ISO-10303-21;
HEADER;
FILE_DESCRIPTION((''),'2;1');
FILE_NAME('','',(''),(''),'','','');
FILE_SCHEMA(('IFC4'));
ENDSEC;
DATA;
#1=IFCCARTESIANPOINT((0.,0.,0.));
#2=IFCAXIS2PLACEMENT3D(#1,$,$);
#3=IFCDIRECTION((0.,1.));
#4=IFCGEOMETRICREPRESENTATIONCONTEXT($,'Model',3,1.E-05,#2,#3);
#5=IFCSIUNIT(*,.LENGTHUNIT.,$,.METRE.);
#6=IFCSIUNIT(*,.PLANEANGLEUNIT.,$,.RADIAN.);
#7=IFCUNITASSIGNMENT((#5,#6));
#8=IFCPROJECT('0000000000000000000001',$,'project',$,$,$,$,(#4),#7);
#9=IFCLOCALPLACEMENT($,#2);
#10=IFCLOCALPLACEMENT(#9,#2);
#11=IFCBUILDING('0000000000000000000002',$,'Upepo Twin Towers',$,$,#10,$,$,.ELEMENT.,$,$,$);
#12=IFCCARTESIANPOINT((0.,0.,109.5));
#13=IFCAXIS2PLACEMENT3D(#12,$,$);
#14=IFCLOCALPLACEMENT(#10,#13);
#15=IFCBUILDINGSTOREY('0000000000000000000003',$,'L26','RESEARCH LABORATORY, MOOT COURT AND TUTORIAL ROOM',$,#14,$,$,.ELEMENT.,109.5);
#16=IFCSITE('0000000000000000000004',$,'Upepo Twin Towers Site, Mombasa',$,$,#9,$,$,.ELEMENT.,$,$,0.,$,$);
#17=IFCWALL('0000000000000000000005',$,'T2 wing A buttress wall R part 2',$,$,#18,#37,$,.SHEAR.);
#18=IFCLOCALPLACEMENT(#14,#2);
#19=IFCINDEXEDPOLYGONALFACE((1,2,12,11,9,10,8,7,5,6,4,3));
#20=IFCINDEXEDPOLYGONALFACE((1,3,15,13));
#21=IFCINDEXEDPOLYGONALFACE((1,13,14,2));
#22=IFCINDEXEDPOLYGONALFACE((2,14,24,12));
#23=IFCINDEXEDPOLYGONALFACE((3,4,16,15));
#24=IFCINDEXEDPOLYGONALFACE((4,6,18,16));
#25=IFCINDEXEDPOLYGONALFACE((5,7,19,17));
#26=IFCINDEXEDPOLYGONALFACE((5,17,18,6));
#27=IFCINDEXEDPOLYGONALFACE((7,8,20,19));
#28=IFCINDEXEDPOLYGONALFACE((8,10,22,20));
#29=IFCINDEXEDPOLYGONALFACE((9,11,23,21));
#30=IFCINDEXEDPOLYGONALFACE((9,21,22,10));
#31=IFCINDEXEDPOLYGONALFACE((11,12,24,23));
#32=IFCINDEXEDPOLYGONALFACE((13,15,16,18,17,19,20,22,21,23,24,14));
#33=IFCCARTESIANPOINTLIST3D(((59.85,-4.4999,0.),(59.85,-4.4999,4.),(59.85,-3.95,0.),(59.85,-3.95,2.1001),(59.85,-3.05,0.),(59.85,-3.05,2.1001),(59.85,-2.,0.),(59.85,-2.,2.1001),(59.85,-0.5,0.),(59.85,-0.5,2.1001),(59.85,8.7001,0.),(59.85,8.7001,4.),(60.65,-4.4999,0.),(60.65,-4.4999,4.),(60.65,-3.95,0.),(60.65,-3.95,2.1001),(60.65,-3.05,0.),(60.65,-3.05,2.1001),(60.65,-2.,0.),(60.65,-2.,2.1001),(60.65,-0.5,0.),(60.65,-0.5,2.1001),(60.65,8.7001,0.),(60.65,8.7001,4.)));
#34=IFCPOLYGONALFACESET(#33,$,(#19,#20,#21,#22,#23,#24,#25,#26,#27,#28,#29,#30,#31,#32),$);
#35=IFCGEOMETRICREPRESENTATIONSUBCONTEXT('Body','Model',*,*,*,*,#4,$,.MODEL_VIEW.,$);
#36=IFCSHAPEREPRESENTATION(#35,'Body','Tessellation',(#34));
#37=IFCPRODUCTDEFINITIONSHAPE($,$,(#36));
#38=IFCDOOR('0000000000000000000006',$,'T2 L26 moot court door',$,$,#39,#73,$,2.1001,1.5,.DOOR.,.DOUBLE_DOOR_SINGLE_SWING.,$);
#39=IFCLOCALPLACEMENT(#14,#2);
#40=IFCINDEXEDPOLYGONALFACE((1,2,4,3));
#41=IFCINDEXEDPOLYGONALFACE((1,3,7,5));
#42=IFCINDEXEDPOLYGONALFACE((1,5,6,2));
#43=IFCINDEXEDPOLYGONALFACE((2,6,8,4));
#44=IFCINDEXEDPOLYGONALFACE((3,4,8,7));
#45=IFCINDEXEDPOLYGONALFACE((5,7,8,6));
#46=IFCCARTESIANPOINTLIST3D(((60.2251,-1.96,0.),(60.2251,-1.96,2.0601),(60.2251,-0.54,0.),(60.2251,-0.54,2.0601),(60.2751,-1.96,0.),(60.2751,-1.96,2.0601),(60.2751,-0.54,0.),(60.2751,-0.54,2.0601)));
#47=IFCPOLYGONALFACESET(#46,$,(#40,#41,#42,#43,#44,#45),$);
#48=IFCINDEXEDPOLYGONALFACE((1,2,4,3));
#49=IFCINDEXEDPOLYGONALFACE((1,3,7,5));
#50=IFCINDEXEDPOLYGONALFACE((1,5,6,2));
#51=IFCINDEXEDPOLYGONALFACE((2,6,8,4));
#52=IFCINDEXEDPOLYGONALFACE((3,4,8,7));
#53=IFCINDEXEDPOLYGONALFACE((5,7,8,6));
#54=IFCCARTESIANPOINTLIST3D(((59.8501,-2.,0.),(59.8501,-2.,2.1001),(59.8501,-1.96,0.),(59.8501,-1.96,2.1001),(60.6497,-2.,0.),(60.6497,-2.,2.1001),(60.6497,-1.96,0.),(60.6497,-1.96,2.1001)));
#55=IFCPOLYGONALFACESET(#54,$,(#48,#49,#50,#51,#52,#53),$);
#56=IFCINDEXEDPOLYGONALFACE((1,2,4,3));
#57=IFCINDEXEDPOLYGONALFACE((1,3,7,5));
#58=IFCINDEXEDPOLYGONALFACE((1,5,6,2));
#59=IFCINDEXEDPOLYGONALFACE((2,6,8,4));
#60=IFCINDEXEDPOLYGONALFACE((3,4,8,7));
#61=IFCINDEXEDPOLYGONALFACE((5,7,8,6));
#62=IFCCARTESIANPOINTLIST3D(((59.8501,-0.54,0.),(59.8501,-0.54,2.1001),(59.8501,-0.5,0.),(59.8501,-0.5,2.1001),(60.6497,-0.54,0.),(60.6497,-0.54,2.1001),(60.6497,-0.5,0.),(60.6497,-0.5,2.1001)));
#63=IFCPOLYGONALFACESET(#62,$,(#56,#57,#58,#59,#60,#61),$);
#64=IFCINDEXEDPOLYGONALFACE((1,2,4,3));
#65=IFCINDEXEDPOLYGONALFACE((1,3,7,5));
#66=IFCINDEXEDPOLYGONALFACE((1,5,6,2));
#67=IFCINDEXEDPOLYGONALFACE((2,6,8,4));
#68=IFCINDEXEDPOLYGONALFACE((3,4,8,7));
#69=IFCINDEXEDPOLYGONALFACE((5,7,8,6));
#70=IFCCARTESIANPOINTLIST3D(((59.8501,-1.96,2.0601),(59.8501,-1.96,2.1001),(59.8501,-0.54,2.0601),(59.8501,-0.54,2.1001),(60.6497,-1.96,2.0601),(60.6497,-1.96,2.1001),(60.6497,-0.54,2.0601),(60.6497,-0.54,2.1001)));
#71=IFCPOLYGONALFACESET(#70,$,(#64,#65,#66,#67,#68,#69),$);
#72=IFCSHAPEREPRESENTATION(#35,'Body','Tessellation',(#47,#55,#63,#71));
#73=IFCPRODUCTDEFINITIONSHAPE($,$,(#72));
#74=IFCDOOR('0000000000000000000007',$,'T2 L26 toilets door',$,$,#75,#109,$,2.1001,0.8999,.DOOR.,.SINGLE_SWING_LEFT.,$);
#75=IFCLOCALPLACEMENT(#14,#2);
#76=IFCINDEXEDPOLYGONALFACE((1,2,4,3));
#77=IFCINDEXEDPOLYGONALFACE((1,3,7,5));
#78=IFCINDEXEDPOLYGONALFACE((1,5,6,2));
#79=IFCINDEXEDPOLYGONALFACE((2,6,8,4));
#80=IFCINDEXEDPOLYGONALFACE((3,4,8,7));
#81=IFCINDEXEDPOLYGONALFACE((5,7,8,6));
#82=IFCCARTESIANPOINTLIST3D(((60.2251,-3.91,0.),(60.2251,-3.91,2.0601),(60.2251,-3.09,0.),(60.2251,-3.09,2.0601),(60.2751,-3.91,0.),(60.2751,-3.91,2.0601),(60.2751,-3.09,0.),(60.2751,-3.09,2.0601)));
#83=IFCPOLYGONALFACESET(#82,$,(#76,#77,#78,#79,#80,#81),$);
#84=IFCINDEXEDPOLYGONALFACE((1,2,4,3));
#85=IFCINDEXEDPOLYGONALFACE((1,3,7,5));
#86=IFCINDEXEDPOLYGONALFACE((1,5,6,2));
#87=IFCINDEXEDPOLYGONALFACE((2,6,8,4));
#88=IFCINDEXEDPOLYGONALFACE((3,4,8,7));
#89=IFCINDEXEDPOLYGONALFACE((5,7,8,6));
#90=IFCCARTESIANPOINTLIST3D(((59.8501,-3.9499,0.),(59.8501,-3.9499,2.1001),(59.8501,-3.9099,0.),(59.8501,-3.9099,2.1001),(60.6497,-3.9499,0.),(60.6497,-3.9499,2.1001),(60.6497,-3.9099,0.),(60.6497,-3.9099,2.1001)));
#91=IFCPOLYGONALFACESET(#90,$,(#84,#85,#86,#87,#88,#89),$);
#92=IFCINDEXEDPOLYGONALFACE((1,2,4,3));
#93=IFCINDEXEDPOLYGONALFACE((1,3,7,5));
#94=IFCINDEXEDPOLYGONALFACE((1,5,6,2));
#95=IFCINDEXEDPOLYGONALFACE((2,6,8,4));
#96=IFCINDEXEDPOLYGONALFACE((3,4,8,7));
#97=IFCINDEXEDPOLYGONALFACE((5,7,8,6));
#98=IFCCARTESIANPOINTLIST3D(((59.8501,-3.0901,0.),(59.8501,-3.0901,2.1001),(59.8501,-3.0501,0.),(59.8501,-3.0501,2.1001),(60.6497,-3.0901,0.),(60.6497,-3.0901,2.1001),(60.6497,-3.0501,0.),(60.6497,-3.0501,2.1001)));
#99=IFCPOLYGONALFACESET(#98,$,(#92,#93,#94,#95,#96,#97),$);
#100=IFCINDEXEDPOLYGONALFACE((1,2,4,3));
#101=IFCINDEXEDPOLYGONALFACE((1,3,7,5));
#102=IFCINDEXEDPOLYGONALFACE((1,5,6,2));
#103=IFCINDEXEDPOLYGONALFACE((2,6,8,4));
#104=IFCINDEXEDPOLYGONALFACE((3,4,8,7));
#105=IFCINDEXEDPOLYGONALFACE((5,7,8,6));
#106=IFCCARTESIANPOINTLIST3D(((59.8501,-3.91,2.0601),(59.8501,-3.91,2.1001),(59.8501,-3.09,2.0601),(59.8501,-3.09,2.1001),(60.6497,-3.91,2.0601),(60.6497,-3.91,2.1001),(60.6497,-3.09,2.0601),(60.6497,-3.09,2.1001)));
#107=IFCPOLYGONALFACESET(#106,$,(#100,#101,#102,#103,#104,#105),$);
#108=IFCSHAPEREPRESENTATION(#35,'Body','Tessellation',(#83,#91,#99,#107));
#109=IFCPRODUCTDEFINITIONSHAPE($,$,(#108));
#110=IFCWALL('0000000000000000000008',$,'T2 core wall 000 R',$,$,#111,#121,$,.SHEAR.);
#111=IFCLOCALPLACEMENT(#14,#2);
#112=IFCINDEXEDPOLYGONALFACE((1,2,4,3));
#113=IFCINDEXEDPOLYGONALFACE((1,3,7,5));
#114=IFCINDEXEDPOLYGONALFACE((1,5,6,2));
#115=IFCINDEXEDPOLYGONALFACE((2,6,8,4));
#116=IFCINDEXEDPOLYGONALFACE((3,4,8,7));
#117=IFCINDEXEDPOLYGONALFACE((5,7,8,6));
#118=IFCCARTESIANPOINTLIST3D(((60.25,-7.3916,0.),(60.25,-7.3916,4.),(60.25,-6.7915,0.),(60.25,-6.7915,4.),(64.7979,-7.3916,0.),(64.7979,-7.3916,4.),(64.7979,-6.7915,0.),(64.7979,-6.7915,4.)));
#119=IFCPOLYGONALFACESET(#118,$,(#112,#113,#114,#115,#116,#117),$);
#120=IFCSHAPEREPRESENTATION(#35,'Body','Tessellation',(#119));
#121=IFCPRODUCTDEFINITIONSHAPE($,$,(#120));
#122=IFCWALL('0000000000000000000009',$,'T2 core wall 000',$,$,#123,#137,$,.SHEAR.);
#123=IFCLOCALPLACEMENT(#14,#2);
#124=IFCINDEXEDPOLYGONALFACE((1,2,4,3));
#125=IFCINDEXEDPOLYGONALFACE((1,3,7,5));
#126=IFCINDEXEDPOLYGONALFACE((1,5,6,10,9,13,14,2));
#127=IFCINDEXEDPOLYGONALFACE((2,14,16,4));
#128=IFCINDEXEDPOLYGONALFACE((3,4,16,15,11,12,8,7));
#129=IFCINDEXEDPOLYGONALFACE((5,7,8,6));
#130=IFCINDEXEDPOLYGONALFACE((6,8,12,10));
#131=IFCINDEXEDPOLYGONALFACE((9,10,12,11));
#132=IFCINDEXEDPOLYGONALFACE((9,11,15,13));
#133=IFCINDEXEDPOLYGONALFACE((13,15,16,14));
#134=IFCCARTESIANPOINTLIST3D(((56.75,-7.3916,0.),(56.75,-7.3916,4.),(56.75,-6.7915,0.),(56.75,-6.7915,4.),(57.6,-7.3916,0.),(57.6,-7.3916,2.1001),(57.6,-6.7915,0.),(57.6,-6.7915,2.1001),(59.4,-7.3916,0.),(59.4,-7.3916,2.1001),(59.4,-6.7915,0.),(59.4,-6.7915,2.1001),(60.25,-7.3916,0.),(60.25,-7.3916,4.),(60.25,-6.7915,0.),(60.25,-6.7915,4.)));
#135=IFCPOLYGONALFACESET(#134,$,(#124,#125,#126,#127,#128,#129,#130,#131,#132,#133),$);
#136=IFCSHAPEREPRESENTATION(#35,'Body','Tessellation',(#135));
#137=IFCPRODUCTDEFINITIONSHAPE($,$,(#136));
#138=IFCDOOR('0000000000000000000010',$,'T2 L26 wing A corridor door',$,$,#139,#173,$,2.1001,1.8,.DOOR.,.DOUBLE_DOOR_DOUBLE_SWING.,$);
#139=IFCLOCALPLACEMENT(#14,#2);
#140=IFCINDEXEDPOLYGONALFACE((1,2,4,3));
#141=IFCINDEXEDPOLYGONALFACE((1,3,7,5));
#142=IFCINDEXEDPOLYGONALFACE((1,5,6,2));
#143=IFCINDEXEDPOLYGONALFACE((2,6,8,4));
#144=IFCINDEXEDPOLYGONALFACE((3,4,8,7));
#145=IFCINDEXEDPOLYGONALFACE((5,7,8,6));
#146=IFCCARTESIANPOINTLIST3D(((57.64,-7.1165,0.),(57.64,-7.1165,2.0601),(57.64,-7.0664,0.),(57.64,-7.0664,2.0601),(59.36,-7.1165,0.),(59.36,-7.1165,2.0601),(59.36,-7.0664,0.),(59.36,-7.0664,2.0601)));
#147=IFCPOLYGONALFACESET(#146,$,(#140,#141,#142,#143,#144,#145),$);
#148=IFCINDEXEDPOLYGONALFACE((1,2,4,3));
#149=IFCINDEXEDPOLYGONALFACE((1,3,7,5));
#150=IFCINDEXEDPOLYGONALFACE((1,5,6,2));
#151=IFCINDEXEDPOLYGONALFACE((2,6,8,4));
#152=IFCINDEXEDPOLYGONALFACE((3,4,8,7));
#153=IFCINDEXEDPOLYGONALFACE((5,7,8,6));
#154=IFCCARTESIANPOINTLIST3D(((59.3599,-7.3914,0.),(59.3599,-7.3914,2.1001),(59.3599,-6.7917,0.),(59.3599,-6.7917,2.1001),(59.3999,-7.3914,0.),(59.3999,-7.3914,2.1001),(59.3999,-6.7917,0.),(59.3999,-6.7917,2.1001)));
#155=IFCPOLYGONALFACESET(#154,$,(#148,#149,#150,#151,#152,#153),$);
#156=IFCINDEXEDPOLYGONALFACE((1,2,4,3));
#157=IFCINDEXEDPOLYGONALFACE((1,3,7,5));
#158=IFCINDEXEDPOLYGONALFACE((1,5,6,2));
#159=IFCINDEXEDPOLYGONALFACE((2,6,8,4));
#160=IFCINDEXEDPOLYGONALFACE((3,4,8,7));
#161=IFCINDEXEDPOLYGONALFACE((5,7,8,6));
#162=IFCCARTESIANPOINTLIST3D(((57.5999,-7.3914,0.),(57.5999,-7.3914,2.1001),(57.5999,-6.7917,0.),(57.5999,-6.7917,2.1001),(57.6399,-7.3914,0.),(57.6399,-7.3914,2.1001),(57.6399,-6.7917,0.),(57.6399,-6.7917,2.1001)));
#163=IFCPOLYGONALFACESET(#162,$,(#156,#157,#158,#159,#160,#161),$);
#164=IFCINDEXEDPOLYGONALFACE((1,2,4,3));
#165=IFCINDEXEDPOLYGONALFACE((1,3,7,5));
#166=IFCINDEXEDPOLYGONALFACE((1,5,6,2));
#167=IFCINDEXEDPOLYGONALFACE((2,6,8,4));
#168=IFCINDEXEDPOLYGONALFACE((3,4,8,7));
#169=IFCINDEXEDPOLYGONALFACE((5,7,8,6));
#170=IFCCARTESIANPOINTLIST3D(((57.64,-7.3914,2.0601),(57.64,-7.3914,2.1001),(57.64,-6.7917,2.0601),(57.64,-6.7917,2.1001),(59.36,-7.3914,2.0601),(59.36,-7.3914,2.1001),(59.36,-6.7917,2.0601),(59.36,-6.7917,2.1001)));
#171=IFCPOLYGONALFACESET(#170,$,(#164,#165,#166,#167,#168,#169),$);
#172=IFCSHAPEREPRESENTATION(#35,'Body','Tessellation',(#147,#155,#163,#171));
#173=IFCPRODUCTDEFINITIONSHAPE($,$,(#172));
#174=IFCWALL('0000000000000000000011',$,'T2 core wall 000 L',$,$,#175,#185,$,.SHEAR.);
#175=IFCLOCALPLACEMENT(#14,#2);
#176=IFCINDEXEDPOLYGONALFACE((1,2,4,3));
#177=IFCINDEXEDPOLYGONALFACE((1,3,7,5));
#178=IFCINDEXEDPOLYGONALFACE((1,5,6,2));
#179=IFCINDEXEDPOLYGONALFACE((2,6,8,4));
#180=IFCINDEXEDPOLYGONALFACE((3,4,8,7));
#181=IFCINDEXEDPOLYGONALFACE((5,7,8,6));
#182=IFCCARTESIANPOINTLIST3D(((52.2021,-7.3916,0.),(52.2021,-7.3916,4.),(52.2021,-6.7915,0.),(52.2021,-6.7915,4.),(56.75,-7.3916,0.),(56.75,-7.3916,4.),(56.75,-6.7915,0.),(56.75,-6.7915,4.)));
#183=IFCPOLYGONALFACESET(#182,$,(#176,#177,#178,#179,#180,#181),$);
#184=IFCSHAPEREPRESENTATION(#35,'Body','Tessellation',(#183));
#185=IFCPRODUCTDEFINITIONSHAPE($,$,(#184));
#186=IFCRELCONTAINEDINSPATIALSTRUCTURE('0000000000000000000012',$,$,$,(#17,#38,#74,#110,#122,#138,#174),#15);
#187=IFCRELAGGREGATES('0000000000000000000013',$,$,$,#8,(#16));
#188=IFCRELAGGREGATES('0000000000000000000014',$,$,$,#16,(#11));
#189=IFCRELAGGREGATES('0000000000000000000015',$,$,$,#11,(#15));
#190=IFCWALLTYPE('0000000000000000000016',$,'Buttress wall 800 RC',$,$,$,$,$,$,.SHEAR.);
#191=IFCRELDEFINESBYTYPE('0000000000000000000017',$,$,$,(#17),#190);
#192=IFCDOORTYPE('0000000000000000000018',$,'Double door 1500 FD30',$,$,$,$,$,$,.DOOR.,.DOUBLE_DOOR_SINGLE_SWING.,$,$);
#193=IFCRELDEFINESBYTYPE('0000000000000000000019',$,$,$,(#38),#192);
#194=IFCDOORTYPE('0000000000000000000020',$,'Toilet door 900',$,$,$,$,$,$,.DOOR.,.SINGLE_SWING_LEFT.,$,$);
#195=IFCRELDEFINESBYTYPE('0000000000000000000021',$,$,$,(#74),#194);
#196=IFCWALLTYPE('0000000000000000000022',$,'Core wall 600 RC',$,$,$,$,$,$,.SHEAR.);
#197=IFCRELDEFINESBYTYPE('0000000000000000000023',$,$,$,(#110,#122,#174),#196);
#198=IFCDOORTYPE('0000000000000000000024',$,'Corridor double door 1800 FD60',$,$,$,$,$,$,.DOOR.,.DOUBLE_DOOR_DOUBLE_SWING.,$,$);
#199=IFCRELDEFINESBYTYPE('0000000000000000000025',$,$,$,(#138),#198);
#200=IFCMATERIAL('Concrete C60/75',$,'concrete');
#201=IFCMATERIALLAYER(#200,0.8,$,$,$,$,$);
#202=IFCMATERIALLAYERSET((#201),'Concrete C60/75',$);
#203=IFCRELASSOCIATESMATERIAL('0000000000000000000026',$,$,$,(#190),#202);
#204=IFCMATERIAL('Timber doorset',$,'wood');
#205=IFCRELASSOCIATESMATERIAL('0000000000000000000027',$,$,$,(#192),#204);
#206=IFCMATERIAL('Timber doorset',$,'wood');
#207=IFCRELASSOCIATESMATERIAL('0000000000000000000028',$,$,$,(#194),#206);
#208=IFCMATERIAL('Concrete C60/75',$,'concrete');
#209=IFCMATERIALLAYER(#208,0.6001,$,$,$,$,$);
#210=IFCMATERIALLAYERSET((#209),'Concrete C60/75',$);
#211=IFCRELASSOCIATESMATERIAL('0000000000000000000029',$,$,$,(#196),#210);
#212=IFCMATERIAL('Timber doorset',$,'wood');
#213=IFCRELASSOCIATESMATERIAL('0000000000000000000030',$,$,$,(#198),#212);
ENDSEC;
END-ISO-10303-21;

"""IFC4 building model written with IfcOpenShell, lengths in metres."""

from ifc_helpers import new_model, si_unit, direction, frame, frame_2d, origin, place, context, subcontext, project, spatial, rectangle, extrude, material, layer, layer_set, type_object, element, fill, save


model = new_model("IFC4")

# Units and contexts
model_context = context("Model", 3, precision=1e-05, world=origin(), true_north=direction((0.0, 1.0)))
body_context = subcontext(model_context, "Body", "Model", "MODEL_VIEW")
ifc_project = project(units=[si_unit("LENGTHUNIT", "METRE"), si_unit("PLANEANGLEUNIT", "RADIAN")], contexts=[model_context])

# Site, building, storey
site_placement = place(None, origin())
site = spatial("IfcSite", under=ifc_project, at=site_placement, Name="Upepo Twin Towers Site, Mombasa", CompositionType="ELEMENT", RefElevation=0.0)
building_placement = place(site_placement, origin())
building = spatial("IfcBuilding", under=site, at=building_placement, Name="Upepo Twin Towers", CompositionType="ELEMENT")
storey_placement = place(building_placement, frame((0.0, 0.0, 109.5)))
storey = spatial("IfcBuildingStorey", under=building, at=storey_placement, Name="L26", Description="RESEARCH LABORATORY, MOOT COURT AND TUTORIAL ROOM", CompositionType="ELEMENT", Elevation=109.5)

# Wall, openings, doors
ifc_material_1 = material(Name="Concrete C60/75", Category="concrete")
ifc_layer_1 = layer(ifc_material_1, 0.8)
ifc_layer_set_1 = layer_set([ifc_layer_1], Name="Concrete C60/75")
wall_type_1 = type_object("IfcWallType", Name="Buttress wall 800 RC", PredefinedType="SHEAR", material=ifc_layer_set_1)
ifc_material_2 = material(Name="Timber doorset", Category="wood")
door_type_1 = type_object("IfcDoorType", Name="Double door 1500 FD30", OperationType="DOUBLE_DOOR_SINGLE_SWING", PredefinedType="DOOR", material=ifc_material_2)
ifc_material_3 = material(Name="Timber doorset", Category="wood")
door_type_2 = type_object("IfcDoorType", Name="Toilet door 900", OperationType="SINGLE_SWING_LEFT", PredefinedType="DOOR", material=ifc_material_3)
wall_1_placement = place(storey_placement, frame((60.25, -4.5, 0.0), z_axis=(0.0, 0.0, 1.0), x_axis=(0.0, 1.0, 0.0)))
wall_1 = element("IfcWall", 1, at=wall_1_placement, inside=storey, type_object=wall_type_1, Name="T2 wing A buttress wall R part 2", PredefinedType="SHEAR", context=body_context, shape_type="SweptSolid", body=[
    extrude(rectangle(XDim=13.2, YDim=0.8, at=frame_2d((6.6001, 0.0))), origin(), (0.0, 0.0, 1.0), 4.0),
])
opening_1_placement = place(wall_1_placement, frame((0.55, 0.0, 0.0)))
opening_1 = element("IfcOpeningElement", 2, at=opening_1_placement, cuts=wall_1, PredefinedType="OPENING", context=body_context, shape_type="SweptSolid", body=[
    extrude(rectangle(XDim=0.8999, YDim=2.1001, at=frame_2d((0.45, 1.05))), frame((0.0, 0.4099, 0.0), z_axis=(0.0, -1.0, 0.0), x_axis=(1.0, 0.0, 0.0)), (0.0, 0.0, 1.0), 0.8201),
])
opening_2_placement = place(wall_1_placement, frame((2.5, 0.0, 0.0)))
opening_2 = element("IfcOpeningElement", 3, at=opening_2_placement, cuts=wall_1, PredefinedType="OPENING", context=body_context, shape_type="SweptSolid", body=[
    extrude(rectangle(XDim=1.5, YDim=2.1001, at=frame_2d((0.75, 1.05))), frame((0.0, 0.4099, 0.0), z_axis=(0.0, -1.0, 0.0), x_axis=(1.0, 0.0, 0.0)), (0.0, 0.0, 1.0), 0.8201),
])
door_1_placement = place(opening_2_placement, origin())
door_1 = element("IfcDoor", 4, at=door_1_placement, inside=storey, type_object=door_type_1, Name="T2 L26 moot court door", OperationType="DOUBLE_DOOR_SINGLE_SWING", OverallHeight=2.1001, OverallWidth=1.5, PredefinedType="DOOR", context=body_context, shape_type="SweptSolid", body=[
    extrude(rectangle(XDim=1.42, YDim=2.0601, at=frame_2d((0.75, 1.03))), frame((0.0, 0.0249, 0.0), z_axis=(0.0, -1.0, 0.0), x_axis=(1.0, 0.0, 0.0)), (0.0, 0.0, 1.0), 0.05),
    extrude(rectangle(XDim=0.04, YDim=2.1001, at=frame_2d((0.02, 1.05))), frame((0.0, 0.3999, 0.0), z_axis=(0.0, -1.0, 0.0), x_axis=(1.0, 0.0, 0.0)), (0.0, 0.0, 1.0), 0.7996),
    extrude(rectangle(XDim=0.04, YDim=2.1001, at=frame_2d((1.48, 1.05))), frame((0.0, 0.3999, 0.0), z_axis=(0.0, -1.0, 0.0), x_axis=(1.0, 0.0, 0.0)), (0.0, 0.0, 1.0), 0.7996),
    extrude(rectangle(XDim=1.42, YDim=0.04, at=frame_2d((0.75, 2.0801))), frame((0.0, 0.3999, 0.0), z_axis=(0.0, -1.0, 0.0), x_axis=(1.0, 0.0, 0.0)), (0.0, 0.0, 1.0), 0.7996),
])
fill(opening_2, door_1)
door_2_placement = place(opening_1_placement, origin())
door_2 = element("IfcDoor", 5, at=door_2_placement, inside=storey, type_object=door_type_2, Name="T2 L26 toilets door", OperationType="SINGLE_SWING_LEFT", OverallHeight=2.1001, OverallWidth=0.8999, PredefinedType="DOOR", context=body_context, shape_type="SweptSolid", body=[
    extrude(rectangle(XDim=0.8199, YDim=2.0601, at=frame_2d((0.45, 1.03))), frame((0.0, 0.0249, 0.0), z_axis=(0.0, -1.0, 0.0), x_axis=(1.0, 0.0, 0.0)), (0.0, 0.0, 1.0), 0.05),
    extrude(rectangle(XDim=0.04, YDim=2.1001, at=frame_2d((0.02, 1.05))), frame((0.0, 0.3999, 0.0), z_axis=(0.0, -1.0, 0.0), x_axis=(1.0, 0.0, 0.0)), (0.0, 0.0, 1.0), 0.7996),
    extrude(rectangle(XDim=0.04, YDim=2.1001, at=frame_2d((0.8799, 1.05))), frame((0.0, 0.3999, 0.0), z_axis=(0.0, -1.0, 0.0), x_axis=(1.0, 0.0, 0.0)), (0.0, 0.0, 1.0), 0.7996),
    extrude(rectangle(XDim=0.8199, YDim=0.04, at=frame_2d((0.45, 2.0801))), frame((0.0, 0.3999, 0.0), z_axis=(0.0, -1.0, 0.0), x_axis=(1.0, 0.0, 0.0)), (0.0, 0.0, 1.0), 0.7996),
])
fill(opening_1, door_2)

# Wall
ifc_material_4 = material(Name="Concrete C60/75", Category="concrete")
ifc_layer_2 = layer(ifc_material_4, 0.6001)
ifc_layer_set_2 = layer_set([ifc_layer_2], Name="Concrete C60/75")
wall_type_2 = type_object("IfcWallType", Name="Core wall 600 RC", PredefinedType="SHEAR", material=ifc_layer_set_2)
wall_2_placement = place(storey_placement, frame((64.7979, -7.0916, 0.0), z_axis=(0.0, 0.0, 1.0), x_axis=(-1.0, 0.0, 0.0)))
element("IfcWall", 6, at=wall_2_placement, inside=storey, type_object=wall_type_2, Name="T2 core wall 000 R", PredefinedType="SHEAR", context=body_context, shape_type="SweptSolid", body=[
    extrude(rectangle(XDim=4.5479, YDim=0.6001, at=frame_2d((2.2739, 0.0))), origin(), (0.0, 0.0, 1.0), 4.0),
])

# Wall, opening, door
wall_3_placement = place(storey_placement, frame((60.25, -7.0916, 0.0), z_axis=(0.0, 0.0, 1.0), x_axis=(-1.0, 0.0, 0.0)))
wall_3 = element("IfcWall", 7, at=wall_3_placement, inside=storey, type_object=wall_type_2, Name="T2 core wall 000", PredefinedType="SHEAR", context=body_context, shape_type="SweptSolid", body=[
    extrude(rectangle(XDim=3.5, YDim=0.6001, at=frame_2d((1.75, 0.0))), origin(), (0.0, 0.0, 1.0), 4.0),
])
opening_3_placement = place(wall_3_placement, frame((0.8501, 0.0, 0.0)))
opening_3 = element("IfcOpeningElement", 8, at=opening_3_placement, cuts=wall_3, PredefinedType="OPENING", context=body_context, shape_type="SweptSolid", body=[
    extrude(rectangle(XDim=1.8, YDim=2.1001, at=frame_2d((0.8999, 1.05))), frame((0.0, 0.3101, 0.0), z_axis=(0.0, -1.0, 0.0), x_axis=(1.0, 0.0, 0.0)), (0.0, 0.0, 1.0), 0.6201),
])
ifc_material_5 = material(Name="Timber doorset", Category="wood")
door_type_3 = type_object("IfcDoorType", Name="Corridor double door 1800 FD60", OperationType="DOUBLE_DOOR_DOUBLE_SWING", PredefinedType="DOOR", material=ifc_material_5)
door_3_placement = place(opening_3_placement, origin())
door_3 = element("IfcDoor", 9, at=door_3_placement, inside=storey, type_object=door_type_3, Name="T2 L26 wing A corridor door", OperationType="DOUBLE_DOOR_DOUBLE_SWING", OverallHeight=2.1001, OverallWidth=1.8, PredefinedType="DOOR", context=body_context, shape_type="SweptSolid", body=[
    extrude(rectangle(XDim=1.72, YDim=2.0601, at=frame_2d((0.8999, 1.03))), frame((0.0, 0.0249, 0.0), z_axis=(0.0, -1.0, 0.0), x_axis=(1.0, 0.0, 0.0)), (0.0, 0.0, 1.0), 0.05),
    extrude(rectangle(XDim=0.04, YDim=2.1001, at=frame_2d((0.02, 1.05))), frame((0.0, 0.2998, 0.0), z_axis=(0.0, -1.0, 0.0), x_axis=(1.0, 0.0, 0.0)), (0.0, 0.0, 1.0), 0.5996),
    extrude(rectangle(XDim=0.04, YDim=2.1001, at=frame_2d((1.78, 1.05))), frame((0.0, 0.2998, 0.0), z_axis=(0.0, -1.0, 0.0), x_axis=(1.0, 0.0, 0.0)), (0.0, 0.0, 1.0), 0.5996),
    extrude(rectangle(XDim=1.72, YDim=0.04, at=frame_2d((0.8999, 2.0801))), frame((0.0, 0.2998, 0.0), z_axis=(0.0, -1.0, 0.0), x_axis=(1.0, 0.0, 0.0)), (0.0, 0.0, 1.0), 0.5996),
])
fill(opening_3, door_3)

# Wall
wall_4_placement = place(storey_placement, frame((56.75, -7.0916, 0.0), z_axis=(0.0, 0.0, 1.0), x_axis=(-1.0, 0.0, 0.0)))
element("IfcWall", 10, at=wall_4_placement, inside=storey, type_object=wall_type_2, Name="T2 core wall 000 L", PredefinedType="SHEAR", context=body_context, shape_type="SweptSolid", body=[
    extrude(rectangle(XDim=4.5479, YDim=0.6001, at=frame_2d((2.2739, 0.0))), origin(), (0.0, 0.0, 1.0), 4.0),
])

save(model, "model.ifc")
